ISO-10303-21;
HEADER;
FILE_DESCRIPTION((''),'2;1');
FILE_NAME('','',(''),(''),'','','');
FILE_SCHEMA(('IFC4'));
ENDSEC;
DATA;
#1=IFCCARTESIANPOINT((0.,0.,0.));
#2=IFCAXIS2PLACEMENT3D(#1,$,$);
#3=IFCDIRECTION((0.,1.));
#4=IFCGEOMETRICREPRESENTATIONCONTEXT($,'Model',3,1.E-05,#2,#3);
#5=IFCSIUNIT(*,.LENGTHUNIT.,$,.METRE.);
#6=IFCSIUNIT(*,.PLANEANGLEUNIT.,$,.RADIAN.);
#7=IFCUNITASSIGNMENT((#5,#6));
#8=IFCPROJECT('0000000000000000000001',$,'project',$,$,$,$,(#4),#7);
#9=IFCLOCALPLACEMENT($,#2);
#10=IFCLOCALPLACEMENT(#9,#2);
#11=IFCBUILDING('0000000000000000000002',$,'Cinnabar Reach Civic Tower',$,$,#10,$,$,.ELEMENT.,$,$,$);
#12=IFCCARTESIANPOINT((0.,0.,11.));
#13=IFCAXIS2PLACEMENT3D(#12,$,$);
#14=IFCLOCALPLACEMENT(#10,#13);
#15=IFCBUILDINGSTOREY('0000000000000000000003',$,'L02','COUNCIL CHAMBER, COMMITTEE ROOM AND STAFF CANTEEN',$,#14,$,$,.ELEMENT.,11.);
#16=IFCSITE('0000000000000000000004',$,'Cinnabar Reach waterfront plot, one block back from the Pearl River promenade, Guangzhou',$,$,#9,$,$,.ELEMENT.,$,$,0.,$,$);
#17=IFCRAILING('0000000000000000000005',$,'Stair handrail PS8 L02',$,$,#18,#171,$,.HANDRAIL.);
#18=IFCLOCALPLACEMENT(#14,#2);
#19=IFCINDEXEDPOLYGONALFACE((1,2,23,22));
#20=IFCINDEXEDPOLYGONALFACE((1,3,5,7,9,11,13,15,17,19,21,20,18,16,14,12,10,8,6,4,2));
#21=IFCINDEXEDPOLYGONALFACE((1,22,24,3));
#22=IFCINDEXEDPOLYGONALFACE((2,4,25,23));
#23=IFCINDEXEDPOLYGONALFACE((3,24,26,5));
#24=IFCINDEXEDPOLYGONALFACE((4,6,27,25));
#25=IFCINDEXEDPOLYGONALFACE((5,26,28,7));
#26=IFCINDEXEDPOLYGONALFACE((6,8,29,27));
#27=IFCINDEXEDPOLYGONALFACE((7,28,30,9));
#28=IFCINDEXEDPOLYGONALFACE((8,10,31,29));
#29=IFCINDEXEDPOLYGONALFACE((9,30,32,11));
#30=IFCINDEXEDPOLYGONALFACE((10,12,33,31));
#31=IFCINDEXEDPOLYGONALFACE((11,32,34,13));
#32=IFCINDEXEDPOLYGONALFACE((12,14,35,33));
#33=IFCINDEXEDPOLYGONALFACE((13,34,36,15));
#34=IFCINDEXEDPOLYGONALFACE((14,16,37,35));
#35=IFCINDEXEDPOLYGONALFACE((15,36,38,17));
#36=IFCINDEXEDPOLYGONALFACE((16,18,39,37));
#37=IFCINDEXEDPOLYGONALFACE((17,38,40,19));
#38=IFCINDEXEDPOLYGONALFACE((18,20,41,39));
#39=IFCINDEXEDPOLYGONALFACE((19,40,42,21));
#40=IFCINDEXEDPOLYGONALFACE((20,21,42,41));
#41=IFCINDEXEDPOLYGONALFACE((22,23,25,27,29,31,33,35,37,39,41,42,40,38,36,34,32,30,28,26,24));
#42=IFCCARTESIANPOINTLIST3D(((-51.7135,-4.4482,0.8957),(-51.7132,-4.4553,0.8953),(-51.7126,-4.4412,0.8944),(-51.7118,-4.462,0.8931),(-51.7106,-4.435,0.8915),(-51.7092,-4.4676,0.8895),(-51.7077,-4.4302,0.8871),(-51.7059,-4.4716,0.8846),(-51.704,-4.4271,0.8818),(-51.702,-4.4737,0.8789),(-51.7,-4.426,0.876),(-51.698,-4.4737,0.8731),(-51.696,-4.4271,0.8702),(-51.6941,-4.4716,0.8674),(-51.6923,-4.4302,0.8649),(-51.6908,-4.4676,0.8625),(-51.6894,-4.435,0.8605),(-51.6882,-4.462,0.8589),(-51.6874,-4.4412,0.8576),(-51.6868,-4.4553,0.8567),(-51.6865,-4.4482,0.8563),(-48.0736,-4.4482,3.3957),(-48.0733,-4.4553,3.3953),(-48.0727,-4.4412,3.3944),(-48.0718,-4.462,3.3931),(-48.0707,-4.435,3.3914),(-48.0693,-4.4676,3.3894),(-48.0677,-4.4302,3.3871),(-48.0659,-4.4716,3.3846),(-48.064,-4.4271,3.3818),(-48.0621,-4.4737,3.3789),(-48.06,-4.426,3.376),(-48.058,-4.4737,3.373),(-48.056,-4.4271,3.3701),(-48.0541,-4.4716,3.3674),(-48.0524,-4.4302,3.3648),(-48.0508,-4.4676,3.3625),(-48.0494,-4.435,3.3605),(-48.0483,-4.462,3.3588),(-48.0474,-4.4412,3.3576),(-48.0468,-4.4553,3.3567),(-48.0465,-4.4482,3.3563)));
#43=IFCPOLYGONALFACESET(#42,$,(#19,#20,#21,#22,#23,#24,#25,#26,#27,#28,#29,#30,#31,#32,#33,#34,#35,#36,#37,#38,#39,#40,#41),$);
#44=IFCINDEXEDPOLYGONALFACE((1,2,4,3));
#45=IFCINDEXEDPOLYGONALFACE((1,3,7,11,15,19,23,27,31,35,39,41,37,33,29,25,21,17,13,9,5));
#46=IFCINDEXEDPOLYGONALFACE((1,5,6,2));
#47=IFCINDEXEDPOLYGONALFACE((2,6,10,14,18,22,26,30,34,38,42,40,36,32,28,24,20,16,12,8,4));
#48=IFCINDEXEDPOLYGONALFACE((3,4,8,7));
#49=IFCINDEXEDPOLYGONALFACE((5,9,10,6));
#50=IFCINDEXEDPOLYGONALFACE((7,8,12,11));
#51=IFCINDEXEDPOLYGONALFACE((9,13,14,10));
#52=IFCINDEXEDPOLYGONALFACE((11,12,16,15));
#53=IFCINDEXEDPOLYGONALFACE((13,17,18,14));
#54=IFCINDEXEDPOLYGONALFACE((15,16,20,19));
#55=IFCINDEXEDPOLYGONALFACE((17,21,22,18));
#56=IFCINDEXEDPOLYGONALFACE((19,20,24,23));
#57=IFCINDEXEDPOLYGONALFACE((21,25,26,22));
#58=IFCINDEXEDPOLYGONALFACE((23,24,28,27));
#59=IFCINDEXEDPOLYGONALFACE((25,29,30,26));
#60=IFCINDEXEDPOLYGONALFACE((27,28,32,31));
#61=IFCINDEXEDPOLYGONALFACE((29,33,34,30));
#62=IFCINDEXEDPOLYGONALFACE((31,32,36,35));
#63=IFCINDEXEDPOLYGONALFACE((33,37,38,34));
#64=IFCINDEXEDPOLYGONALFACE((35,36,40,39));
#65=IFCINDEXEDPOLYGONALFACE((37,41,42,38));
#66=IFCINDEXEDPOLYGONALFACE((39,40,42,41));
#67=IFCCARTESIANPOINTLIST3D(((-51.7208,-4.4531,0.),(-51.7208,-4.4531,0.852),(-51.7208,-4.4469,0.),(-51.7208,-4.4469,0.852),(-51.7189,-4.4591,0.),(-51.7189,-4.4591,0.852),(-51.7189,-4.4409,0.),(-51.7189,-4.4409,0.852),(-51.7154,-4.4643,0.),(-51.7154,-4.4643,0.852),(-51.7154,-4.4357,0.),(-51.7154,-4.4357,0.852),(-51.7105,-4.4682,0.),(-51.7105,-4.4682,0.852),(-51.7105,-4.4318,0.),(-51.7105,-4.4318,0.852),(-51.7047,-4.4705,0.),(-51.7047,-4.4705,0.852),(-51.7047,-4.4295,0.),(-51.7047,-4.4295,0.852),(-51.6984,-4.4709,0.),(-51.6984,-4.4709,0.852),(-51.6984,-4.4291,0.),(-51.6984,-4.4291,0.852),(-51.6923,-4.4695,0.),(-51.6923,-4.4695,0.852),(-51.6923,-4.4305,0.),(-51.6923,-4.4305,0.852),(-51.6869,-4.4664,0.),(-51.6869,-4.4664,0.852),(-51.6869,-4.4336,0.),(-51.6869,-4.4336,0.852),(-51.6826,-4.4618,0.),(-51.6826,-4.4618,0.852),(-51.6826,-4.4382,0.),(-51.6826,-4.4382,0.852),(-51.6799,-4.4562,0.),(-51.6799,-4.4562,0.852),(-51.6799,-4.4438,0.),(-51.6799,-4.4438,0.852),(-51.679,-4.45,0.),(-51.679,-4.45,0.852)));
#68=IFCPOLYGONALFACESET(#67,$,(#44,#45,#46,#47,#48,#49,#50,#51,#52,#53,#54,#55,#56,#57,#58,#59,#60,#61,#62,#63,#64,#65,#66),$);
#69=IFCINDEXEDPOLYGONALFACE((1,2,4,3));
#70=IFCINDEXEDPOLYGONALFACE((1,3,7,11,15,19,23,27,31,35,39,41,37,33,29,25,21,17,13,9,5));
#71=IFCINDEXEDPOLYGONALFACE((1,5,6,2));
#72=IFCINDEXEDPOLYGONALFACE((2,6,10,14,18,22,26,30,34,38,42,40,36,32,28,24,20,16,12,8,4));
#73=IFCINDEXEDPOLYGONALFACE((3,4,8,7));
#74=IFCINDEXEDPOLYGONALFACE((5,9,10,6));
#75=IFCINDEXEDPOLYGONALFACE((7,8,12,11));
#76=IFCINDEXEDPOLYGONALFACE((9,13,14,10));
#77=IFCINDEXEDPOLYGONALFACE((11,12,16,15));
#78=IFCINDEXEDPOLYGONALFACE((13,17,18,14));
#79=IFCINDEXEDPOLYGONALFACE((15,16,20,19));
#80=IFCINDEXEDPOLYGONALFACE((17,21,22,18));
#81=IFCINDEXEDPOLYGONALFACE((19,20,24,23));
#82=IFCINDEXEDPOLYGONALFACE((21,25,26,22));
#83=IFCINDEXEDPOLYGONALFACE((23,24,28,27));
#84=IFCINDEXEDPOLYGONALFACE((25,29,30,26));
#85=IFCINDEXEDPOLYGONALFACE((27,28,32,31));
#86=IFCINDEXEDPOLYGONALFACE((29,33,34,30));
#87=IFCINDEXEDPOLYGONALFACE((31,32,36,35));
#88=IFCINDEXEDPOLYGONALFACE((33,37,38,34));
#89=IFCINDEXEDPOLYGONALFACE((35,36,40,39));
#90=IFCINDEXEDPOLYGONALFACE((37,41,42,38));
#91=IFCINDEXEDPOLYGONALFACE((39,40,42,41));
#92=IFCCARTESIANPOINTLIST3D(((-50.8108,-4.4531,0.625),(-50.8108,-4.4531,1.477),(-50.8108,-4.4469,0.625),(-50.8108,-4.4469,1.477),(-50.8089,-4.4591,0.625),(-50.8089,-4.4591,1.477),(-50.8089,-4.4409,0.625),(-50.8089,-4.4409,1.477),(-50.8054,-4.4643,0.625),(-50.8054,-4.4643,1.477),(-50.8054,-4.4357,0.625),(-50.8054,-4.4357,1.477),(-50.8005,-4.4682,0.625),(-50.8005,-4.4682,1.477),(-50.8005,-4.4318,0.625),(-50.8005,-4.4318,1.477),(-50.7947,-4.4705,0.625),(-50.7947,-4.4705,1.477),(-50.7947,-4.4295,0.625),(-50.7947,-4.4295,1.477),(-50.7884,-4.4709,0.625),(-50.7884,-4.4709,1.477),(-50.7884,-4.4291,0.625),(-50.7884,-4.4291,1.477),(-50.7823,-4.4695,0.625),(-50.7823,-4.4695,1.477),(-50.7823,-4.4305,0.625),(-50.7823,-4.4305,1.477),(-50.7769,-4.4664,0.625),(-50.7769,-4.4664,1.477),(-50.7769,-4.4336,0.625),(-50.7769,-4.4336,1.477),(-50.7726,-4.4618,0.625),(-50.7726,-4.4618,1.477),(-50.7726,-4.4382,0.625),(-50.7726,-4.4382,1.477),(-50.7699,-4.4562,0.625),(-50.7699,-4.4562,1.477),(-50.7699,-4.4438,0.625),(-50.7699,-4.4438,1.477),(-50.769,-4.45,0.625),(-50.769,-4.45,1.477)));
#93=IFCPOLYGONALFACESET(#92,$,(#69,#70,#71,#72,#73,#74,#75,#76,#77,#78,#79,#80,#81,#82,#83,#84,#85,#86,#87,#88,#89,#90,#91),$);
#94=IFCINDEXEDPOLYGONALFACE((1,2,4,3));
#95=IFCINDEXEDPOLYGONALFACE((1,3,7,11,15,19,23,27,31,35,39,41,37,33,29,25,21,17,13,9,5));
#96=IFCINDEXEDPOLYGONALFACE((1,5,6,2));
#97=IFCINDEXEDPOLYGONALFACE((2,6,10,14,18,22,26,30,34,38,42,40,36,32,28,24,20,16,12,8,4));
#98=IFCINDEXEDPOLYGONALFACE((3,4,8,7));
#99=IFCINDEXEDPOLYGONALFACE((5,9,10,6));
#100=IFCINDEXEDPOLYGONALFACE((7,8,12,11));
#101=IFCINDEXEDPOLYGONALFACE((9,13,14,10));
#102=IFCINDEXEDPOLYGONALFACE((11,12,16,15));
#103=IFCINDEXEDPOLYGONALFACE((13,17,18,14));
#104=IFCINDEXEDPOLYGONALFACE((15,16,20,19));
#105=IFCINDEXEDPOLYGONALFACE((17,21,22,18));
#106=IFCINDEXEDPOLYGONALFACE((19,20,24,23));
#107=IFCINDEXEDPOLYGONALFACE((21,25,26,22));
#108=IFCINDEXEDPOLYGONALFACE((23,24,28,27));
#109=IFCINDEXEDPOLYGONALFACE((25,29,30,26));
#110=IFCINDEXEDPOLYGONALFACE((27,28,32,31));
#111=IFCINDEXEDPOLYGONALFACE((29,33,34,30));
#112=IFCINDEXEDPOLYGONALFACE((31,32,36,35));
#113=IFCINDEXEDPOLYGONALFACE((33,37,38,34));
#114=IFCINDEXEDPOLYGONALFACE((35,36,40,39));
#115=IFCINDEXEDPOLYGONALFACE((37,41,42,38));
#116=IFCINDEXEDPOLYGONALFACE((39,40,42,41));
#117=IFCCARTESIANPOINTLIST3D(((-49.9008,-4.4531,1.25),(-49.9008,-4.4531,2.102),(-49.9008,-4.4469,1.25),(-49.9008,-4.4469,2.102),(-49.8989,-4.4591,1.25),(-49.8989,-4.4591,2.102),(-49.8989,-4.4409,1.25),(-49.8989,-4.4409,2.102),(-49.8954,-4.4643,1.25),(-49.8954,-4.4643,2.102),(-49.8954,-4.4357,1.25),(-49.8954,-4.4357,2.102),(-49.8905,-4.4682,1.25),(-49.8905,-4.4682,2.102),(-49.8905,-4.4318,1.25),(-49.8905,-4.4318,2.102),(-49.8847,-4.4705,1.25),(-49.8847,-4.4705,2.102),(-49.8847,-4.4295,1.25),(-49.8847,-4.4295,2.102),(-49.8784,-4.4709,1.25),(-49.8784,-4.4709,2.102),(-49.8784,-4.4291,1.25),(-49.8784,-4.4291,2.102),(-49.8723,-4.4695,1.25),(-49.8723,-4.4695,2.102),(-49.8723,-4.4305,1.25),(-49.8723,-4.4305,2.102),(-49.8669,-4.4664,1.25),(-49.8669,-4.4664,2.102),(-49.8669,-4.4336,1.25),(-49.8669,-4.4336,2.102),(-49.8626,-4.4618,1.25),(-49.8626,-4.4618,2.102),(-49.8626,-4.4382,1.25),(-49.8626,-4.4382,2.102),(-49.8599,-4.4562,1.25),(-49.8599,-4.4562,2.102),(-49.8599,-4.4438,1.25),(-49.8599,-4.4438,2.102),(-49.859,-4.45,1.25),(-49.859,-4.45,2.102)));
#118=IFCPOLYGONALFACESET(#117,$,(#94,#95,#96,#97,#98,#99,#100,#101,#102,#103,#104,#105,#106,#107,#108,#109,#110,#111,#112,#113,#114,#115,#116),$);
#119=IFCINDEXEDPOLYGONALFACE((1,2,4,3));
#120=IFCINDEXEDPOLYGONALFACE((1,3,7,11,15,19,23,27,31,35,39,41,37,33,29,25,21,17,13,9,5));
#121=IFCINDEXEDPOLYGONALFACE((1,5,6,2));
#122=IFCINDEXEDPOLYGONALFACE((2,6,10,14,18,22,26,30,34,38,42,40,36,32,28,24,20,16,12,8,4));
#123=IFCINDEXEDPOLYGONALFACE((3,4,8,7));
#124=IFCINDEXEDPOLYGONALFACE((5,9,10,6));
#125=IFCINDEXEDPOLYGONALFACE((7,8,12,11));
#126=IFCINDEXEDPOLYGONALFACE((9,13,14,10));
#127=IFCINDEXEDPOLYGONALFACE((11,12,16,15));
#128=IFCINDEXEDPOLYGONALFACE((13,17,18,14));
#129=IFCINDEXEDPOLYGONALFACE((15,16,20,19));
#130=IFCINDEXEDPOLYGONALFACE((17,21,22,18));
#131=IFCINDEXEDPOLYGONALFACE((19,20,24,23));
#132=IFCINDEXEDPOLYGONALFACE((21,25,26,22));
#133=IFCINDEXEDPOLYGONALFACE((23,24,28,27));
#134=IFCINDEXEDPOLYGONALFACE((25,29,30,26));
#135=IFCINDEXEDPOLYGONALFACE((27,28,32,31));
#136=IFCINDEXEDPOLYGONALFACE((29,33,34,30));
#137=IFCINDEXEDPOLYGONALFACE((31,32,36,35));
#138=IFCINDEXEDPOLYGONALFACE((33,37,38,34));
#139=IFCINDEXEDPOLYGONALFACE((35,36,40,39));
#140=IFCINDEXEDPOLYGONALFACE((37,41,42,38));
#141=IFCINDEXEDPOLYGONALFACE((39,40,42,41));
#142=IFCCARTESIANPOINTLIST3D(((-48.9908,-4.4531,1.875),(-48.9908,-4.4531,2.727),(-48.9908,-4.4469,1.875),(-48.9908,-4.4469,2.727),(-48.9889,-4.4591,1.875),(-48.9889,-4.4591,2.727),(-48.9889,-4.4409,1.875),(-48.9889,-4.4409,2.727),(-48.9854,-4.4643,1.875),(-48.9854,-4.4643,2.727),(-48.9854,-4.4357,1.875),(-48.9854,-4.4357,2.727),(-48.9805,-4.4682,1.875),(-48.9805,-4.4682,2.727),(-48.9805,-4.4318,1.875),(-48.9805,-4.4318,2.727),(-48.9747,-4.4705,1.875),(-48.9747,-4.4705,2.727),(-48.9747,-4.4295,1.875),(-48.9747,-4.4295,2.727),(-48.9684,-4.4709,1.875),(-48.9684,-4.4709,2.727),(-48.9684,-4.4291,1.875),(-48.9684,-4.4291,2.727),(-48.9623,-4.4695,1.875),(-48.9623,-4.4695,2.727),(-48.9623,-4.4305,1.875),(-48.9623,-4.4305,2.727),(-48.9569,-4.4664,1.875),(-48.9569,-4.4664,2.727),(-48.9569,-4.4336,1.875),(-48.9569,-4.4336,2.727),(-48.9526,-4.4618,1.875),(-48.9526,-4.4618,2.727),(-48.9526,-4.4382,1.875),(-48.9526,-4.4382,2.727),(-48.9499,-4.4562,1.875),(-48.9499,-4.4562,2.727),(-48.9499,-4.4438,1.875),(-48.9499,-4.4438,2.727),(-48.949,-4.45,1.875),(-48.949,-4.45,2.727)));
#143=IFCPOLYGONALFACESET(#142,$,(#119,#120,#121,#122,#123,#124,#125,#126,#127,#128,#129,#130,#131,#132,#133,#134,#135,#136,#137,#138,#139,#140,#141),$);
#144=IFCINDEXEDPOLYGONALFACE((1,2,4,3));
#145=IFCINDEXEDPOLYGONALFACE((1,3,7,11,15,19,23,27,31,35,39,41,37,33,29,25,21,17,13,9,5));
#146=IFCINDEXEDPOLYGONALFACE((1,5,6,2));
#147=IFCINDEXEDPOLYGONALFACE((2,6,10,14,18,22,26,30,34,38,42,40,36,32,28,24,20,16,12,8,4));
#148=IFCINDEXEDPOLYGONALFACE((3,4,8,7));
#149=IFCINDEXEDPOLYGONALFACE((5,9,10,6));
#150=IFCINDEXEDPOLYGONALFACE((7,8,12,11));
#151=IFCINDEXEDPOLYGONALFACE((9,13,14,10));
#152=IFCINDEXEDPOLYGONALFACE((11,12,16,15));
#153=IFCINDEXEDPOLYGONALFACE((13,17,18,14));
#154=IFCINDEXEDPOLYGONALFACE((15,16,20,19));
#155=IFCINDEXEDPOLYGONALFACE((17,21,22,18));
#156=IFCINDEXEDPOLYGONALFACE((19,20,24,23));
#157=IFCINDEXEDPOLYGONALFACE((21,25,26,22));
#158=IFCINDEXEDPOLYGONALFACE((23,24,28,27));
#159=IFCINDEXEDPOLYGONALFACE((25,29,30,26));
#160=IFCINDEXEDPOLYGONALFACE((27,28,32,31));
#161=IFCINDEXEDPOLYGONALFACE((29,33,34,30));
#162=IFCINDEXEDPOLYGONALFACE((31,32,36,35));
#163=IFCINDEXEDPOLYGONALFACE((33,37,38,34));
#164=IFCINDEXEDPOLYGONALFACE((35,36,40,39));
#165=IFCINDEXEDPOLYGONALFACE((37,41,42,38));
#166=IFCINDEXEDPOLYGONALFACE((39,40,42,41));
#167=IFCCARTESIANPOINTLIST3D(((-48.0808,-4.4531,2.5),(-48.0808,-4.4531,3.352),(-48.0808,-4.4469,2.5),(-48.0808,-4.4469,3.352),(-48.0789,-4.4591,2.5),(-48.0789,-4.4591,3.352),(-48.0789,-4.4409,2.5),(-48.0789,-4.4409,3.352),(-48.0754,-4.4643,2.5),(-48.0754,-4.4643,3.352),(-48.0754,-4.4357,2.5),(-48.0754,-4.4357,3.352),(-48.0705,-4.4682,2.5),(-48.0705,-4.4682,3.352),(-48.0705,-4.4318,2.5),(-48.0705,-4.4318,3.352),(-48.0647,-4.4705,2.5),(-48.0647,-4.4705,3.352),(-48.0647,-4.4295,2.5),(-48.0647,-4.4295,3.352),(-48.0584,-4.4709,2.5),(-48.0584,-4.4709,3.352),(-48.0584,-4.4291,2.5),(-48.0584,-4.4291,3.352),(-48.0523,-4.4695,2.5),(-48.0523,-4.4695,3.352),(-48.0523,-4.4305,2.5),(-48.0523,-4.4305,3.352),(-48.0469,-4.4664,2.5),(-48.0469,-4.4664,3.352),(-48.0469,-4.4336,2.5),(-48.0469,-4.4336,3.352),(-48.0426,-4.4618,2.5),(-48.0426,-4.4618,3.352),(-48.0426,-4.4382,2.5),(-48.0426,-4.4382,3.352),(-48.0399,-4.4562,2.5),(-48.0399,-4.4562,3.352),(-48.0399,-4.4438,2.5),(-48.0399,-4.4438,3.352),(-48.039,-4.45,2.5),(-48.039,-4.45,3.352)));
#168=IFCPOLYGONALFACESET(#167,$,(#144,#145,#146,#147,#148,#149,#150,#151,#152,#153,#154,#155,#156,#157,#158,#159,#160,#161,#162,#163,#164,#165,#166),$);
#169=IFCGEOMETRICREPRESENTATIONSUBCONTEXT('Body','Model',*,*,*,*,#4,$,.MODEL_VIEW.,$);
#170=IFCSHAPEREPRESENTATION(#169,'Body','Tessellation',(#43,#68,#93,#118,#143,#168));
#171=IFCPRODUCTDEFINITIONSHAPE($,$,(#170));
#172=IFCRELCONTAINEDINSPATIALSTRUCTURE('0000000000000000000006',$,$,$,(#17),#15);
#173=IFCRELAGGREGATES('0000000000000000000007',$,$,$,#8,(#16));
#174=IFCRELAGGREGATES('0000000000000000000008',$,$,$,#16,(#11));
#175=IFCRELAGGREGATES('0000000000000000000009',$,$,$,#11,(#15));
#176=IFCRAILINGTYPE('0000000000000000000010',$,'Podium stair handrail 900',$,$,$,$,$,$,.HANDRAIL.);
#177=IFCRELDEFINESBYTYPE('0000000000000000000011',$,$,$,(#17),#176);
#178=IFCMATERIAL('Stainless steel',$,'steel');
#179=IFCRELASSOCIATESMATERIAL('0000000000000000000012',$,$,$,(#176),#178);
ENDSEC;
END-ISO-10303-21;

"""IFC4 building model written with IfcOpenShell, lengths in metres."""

from ifc_helpers import new_model, si_unit, direction, frame, origin, origin_2d, place, context, subcontext, project, spatial, circle, extrude, material, type_object, element, save


model = new_model("IFC4")

# Units and contexts
model_context = context("Model", 3, precision=1e-05, world=origin(), true_north=direction((0.0, 1.0)))
body_context = subcontext(model_context, "Body", "Model", "MODEL_VIEW")
ifc_project = project(units=[si_unit("LENGTHUNIT", "METRE"), si_unit("PLANEANGLEUNIT", "RADIAN")], contexts=[model_context])

# Site, building, storey
site_placement = place(None, origin())
site = spatial("IfcSite", under=ifc_project, at=site_placement, Name="Cinnabar Reach waterfront plot, one block back from the Pearl River promenade, Guangzhou", CompositionType="ELEMENT", RefElevation=0.0)
building_placement = place(site_placement, origin())
building = spatial("IfcBuilding", under=site, at=building_placement, Name="Cinnabar Reach Civic Tower", CompositionType="ELEMENT")
storey_placement = place(building_placement, frame((0.0, 0.0, 11.0)))
storey = spatial("IfcBuildingStorey", under=building, at=storey_placement, Name="L02", Description="COUNCIL CHAMBER, COMMITTEE ROOM AND STAFF CANTEEN", CompositionType="ELEMENT", Elevation=11.0)

# Railing
ifc_material_1 = material(Name="Stainless steel", Category="steel")
railing_type_1 = type_object("IfcRailingType", Name="Podium stair handrail 900", PredefinedType="HANDRAIL", material=ifc_material_1)
railing_1_placement = place(storey_placement, frame((-51.7, -4.45, 0.0)))
element("IfcRailing", 1, at=railing_1_placement, inside=storey, type_object=railing_type_1, Name="Stair handrail PS8 L02", PredefinedType="HANDRAIL", context=body_context, shape_type="SweptSolid", body=[
    extrude(circle(Radius=0.024, at=origin_2d()), frame((0.0, 0.0, 0.876), z_axis=(0.824306, 0.0, 0.566144), x_axis=(0.0, 1.0, 0.0)), (0.0, 0.0, 1.0), 4.4158),
    extrude(circle(Radius=0.021, at=origin_2d()), origin(), (0.0, 0.0, 1.0), 0.852),
    extrude(circle(Radius=0.021, at=origin_2d()), frame((0.91, 0.0, 0.625)), (0.0, 0.0, 1.0), 0.852),
    extrude(circle(Radius=0.021, at=origin_2d()), frame((1.82, 0.0, 1.25)), (0.0, 0.0, 1.0), 0.852),
    extrude(circle(Radius=0.021, at=origin_2d()), frame((2.73, 0.0, 1.875)), (0.0, 0.0, 1.0), 0.852),
    extrude(circle(Radius=0.021, at=origin_2d()), frame((3.64, 0.0, 2.5)), (0.0, 0.0, 1.0), 0.852),
])

save(model, "model.ifc")
